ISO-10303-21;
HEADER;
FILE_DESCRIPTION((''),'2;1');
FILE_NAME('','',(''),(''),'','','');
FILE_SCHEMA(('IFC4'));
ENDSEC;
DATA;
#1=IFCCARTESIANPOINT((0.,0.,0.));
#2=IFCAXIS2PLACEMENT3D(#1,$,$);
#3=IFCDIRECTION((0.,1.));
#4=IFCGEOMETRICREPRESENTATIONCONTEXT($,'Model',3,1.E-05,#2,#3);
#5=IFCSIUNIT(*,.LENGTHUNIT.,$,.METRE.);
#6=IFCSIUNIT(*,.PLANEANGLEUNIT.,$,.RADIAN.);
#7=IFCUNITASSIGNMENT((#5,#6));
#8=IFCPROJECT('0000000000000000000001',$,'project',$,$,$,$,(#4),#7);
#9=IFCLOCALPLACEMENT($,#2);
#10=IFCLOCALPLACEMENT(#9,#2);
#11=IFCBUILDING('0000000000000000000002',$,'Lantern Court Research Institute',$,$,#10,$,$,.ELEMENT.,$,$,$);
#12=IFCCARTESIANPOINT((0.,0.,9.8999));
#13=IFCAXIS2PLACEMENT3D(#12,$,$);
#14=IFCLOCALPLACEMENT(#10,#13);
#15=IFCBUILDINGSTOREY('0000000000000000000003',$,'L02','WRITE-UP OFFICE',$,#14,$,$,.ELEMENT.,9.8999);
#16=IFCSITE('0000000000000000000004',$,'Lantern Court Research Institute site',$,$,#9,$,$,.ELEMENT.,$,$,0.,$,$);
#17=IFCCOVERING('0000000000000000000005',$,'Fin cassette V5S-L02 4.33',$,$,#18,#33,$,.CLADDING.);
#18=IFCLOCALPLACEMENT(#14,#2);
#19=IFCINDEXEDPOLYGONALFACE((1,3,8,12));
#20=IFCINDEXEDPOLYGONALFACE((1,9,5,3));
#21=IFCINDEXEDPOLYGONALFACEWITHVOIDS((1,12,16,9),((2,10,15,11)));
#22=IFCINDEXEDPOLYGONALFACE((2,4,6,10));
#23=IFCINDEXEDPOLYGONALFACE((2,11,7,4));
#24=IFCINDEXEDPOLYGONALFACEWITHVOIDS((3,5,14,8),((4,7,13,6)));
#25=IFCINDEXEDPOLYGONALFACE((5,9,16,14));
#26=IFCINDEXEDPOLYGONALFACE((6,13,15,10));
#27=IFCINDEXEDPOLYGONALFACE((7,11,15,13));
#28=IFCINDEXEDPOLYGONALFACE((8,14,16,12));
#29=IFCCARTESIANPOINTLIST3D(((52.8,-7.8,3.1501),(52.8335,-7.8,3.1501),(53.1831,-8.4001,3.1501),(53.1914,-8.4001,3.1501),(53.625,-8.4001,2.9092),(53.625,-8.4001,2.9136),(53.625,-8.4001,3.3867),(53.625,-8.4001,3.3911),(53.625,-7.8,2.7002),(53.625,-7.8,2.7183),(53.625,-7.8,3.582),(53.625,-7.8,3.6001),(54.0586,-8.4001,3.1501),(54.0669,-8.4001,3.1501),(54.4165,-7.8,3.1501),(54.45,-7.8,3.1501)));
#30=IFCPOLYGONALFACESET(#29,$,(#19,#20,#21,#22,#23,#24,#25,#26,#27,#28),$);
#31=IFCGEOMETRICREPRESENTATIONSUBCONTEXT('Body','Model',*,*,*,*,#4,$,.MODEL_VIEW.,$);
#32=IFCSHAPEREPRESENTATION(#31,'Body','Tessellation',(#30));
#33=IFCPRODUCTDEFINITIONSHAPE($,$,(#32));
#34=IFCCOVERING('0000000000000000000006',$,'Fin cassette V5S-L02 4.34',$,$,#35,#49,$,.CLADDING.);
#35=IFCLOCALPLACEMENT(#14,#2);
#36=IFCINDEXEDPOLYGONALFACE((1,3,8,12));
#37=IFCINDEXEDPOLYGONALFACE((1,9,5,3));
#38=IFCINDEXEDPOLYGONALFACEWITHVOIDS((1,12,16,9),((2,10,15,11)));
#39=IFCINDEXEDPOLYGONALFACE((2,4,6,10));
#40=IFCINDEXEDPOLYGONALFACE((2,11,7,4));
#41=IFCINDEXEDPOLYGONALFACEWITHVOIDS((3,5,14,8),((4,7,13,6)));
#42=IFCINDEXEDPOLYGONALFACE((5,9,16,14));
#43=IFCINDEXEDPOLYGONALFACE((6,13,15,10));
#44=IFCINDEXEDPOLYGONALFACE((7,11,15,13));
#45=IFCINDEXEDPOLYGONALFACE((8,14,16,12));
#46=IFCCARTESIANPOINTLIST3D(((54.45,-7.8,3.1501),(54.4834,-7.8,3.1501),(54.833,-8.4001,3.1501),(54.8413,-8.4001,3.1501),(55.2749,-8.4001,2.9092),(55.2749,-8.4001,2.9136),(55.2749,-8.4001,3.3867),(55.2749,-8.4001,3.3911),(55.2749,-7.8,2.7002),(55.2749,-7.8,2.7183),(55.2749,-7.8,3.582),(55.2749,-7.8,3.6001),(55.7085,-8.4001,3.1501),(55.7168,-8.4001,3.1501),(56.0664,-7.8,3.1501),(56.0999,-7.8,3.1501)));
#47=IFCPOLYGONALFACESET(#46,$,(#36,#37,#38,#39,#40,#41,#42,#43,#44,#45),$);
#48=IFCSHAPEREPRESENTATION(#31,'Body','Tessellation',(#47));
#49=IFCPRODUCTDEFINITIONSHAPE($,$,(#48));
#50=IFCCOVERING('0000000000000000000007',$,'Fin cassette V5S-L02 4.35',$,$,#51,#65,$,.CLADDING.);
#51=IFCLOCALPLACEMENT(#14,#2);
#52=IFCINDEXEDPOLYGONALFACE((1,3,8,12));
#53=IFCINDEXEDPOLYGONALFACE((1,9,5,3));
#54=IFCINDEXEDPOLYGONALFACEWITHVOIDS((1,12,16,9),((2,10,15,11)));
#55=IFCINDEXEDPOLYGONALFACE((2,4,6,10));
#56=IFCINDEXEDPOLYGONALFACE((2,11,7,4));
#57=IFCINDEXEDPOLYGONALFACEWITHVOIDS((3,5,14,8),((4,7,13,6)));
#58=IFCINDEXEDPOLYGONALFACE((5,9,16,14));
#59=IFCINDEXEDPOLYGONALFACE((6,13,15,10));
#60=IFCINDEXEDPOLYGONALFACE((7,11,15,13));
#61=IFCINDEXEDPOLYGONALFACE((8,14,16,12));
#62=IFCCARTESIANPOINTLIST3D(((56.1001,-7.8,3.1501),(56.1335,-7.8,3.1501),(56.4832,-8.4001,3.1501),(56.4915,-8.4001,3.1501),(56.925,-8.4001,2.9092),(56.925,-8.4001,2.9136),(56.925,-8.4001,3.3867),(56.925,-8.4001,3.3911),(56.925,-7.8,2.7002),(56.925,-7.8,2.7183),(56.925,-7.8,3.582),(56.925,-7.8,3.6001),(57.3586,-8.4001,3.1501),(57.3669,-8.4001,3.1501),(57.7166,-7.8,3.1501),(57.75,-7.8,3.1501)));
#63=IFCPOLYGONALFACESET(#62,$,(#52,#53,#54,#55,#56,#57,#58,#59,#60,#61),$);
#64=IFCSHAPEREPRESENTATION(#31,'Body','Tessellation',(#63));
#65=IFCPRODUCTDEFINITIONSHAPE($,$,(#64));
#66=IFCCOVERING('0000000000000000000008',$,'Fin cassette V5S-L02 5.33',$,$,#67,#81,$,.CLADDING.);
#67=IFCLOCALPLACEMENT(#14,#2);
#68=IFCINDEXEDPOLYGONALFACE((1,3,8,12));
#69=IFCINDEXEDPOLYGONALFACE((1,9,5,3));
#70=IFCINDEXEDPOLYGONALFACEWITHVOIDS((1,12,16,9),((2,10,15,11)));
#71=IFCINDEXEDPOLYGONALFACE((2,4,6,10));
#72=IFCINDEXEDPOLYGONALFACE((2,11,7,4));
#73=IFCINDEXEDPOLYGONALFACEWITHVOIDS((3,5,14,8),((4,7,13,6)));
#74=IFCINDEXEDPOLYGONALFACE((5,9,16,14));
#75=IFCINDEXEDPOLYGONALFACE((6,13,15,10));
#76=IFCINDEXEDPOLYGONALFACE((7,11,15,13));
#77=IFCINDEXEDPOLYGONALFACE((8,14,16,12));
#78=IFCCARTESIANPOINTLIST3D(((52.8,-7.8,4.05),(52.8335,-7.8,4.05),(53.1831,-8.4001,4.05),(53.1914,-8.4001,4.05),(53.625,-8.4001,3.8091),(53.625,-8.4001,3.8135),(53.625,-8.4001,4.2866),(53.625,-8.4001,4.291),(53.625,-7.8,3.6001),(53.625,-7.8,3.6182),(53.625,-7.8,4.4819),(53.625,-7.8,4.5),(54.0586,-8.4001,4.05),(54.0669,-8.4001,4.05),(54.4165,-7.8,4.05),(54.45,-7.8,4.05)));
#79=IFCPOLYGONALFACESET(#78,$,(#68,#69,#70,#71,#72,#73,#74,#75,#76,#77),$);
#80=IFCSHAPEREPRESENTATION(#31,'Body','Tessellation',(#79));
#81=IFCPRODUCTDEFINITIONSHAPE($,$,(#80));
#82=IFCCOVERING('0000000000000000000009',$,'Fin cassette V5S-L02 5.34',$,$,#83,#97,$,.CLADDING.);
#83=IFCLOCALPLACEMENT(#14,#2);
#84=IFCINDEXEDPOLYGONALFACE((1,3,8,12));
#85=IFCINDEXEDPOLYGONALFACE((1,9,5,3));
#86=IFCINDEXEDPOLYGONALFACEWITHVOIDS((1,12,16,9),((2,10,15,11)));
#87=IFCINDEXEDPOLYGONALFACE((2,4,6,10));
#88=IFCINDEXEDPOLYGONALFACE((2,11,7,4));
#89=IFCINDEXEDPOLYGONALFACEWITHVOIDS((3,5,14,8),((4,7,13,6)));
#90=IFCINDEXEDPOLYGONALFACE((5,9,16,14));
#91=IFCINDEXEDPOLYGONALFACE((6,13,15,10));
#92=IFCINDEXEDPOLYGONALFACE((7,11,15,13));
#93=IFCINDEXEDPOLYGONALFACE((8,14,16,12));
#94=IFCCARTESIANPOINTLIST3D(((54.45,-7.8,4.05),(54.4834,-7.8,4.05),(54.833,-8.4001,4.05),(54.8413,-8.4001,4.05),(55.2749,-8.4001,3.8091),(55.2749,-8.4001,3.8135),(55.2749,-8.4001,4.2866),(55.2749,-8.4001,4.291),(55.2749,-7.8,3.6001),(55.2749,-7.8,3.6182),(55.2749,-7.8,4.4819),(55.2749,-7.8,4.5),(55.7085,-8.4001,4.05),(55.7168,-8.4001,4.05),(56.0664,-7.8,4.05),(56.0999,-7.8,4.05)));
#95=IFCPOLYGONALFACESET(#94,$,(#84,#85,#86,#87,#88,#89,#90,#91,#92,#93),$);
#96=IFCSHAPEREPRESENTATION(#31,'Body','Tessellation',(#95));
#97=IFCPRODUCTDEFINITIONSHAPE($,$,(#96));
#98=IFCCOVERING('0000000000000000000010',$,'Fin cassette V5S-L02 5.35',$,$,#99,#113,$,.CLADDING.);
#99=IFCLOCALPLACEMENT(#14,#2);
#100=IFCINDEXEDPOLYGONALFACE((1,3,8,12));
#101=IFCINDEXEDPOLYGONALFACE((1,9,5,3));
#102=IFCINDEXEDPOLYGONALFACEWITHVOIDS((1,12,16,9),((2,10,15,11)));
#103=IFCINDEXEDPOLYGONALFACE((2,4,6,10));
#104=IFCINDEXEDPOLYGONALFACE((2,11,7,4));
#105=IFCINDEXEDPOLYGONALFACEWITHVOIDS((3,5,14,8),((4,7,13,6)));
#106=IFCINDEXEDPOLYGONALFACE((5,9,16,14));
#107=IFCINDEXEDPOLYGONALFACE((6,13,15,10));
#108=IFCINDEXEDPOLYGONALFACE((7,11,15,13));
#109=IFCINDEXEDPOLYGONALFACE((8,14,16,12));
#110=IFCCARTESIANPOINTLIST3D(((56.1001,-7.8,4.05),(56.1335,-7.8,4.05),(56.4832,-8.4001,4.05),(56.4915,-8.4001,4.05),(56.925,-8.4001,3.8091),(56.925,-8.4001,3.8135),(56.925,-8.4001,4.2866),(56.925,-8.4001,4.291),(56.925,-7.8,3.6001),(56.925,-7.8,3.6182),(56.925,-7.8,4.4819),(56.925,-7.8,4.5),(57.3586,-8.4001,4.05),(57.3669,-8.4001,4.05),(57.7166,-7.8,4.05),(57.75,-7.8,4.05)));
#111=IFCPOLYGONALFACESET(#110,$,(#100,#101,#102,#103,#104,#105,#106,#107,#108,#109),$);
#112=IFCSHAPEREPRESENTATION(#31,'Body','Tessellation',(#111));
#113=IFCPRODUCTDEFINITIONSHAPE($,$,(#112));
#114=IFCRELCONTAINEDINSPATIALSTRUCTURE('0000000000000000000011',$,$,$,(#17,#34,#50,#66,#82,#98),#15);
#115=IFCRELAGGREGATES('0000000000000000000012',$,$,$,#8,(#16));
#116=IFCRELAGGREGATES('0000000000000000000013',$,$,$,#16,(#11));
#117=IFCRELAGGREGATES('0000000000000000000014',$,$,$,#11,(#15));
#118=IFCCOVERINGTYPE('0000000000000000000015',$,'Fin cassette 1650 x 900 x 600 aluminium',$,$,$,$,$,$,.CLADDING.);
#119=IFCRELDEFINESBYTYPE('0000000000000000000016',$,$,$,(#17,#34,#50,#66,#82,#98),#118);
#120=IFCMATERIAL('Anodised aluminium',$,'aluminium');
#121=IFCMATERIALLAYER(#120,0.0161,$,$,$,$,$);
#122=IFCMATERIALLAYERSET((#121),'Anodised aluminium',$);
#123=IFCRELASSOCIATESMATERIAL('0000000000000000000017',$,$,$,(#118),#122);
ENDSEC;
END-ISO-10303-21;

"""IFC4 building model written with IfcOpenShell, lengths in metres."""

from ifc_helpers import new_model, entity, si_unit, direction, frame, origin, place, context, subcontext, project, spatial, material, layer, layer_set, type_object, element, save


model = new_model("IFC4")

# Units and contexts
model_context = context("Model", 3, precision=1e-05, world=origin(), true_north=direction((0.0, 1.0)))
body_context = subcontext(model_context, "Body", "Model", "MODEL_VIEW")
ifc_project = project(units=[si_unit("LENGTHUNIT", "METRE"), si_unit("PLANEANGLEUNIT", "RADIAN")], contexts=[model_context])

# Site, building, storey
site_placement = place(None, origin())
site = spatial("IfcSite", under=ifc_project, at=site_placement, Name="Lantern Court Research Institute site", CompositionType="ELEMENT", RefElevation=0.0)
building_placement = place(site_placement, origin())
building = spatial("IfcBuilding", under=site, at=building_placement, Name="Lantern Court Research Institute", CompositionType="ELEMENT")
storey_placement = place(building_placement, frame((0.0, 0.0, 9.8999)))
storey = spatial("IfcBuildingStorey", under=building, at=storey_placement, Name="L02", Description="WRITE-UP OFFICE", CompositionType="ELEMENT", Elevation=9.8999)

# Coverings
ifc_material = material(Name="Anodised aluminium", Category="aluminium")
ifc_layer = layer(ifc_material, 0.0161)
ifc_layer_set = layer_set([ifc_layer], Name="Anodised aluminium")
covering_type = type_object("IfcCoveringType", Name="Fin cassette 1650 x 900 x 600 aluminium", PredefinedType="CLADDING", material=ifc_layer_set)
covering_1_placement = place(storey_placement, frame((53.625, -7.8, 3.1501), z_axis=(0.0, -1.0, 0.0), x_axis=(1.0, 0.0, 0.0)))
cartesian_point_1 = entity("IfcCartesianPoint", [0.825, 0.0])
cartesian_point_2 = entity("IfcCartesianPoint", [0.7915, 0.0])
cartesian_point_3 = entity("IfcCartesianPoint", [0.4419, 0.0])
cartesian_point_4 = entity("IfcCartesianPoint", [0.4336, 0.0])
element("IfcCovering", 1, at=covering_1_placement, inside=storey, type_object=covering_type, Name="Fin cassette V5S-L02 4.33", PredefinedType="CLADDING", context=body_context, shape_type="SweptSolid", body=[
    entity("IfcExtrudedAreaSolidTapered", entity("IfcArbitraryProfileDefWithVoids", "AREA", None, entity("IfcPolyline", [cartesian_point_1, entity("IfcCartesianPoint", [0.0, 0.45]), entity("IfcCartesianPoint", [-0.825, 0.0]), entity("IfcCartesianPoint", [0.0, -0.45]), cartesian_point_1]), [entity("IfcPolyline", [cartesian_point_2, entity("IfcCartesianPoint", [0.0, 0.4319]), entity("IfcCartesianPoint", [-0.7915, 0.0]), entity("IfcCartesianPoint", [0.0, -0.4319]), cartesian_point_2])]), entity("IfcAxis2Placement3D", entity("IfcCartesianPoint", [0.0, 0.0, 0.0])), entity("IfcDirection", [0.0, 0.0, 1.0]), 0.6001, entity("IfcArbitraryProfileDefWithVoids", "AREA", None, entity("IfcPolyline", [cartesian_point_3, entity("IfcCartesianPoint", [0.0, 0.241]), entity("IfcCartesianPoint", [-0.4419, 0.0]), entity("IfcCartesianPoint", [0.0, -0.241]), cartesian_point_3]), [entity("IfcPolyline", [cartesian_point_4, entity("IfcCartesianPoint", [0.0, 0.2366]), entity("IfcCartesianPoint", [-0.4336, 0.0]), entity("IfcCartesianPoint", [0.0, -0.2366]), cartesian_point_4])])),
])
covering_2_placement = place(storey_placement, frame((55.2749, -7.8, 3.1501), z_axis=(0.0, -1.0, 0.0), x_axis=(1.0, 0.0, 0.0)))
cartesian_point_5 = entity("IfcCartesianPoint", [0.825, 0.0])
cartesian_point_6 = entity("IfcCartesianPoint", [0.7915, 0.0])
cartesian_point_7 = entity("IfcCartesianPoint", [0.4419, 0.0])
cartesian_point_8 = entity("IfcCartesianPoint", [0.4336, 0.0])
element("IfcCovering", 2, at=covering_2_placement, inside=storey, type_object=covering_type, Name="Fin cassette V5S-L02 4.34", PredefinedType="CLADDING", context=body_context, shape_type="SweptSolid", body=[
    entity("IfcExtrudedAreaSolidTapered", entity("IfcArbitraryProfileDefWithVoids", "AREA", None, entity("IfcPolyline", [cartesian_point_5, entity("IfcCartesianPoint", [0.0, 0.45]), entity("IfcCartesianPoint", [-0.825, 0.0]), entity("IfcCartesianPoint", [0.0, -0.45]), cartesian_point_5]), [entity("IfcPolyline", [cartesian_point_6, entity("IfcCartesianPoint", [0.0, 0.4319]), entity("IfcCartesianPoint", [-0.7915, 0.0]), entity("IfcCartesianPoint", [0.0, -0.4319]), cartesian_point_6])]), entity("IfcAxis2Placement3D", entity("IfcCartesianPoint", [0.0, 0.0, 0.0])), entity("IfcDirection", [0.0, 0.0, 1.0]), 0.6001, entity("IfcArbitraryProfileDefWithVoids", "AREA", None, entity("IfcPolyline", [cartesian_point_7, entity("IfcCartesianPoint", [0.0, 0.241]), entity("IfcCartesianPoint", [-0.4419, 0.0]), entity("IfcCartesianPoint", [0.0, -0.241]), cartesian_point_7]), [entity("IfcPolyline", [cartesian_point_8, entity("IfcCartesianPoint", [0.0, 0.2366]), entity("IfcCartesianPoint", [-0.4336, 0.0]), entity("IfcCartesianPoint", [0.0, -0.2366]), cartesian_point_8])])),
])
covering_3_placement = place(storey_placement, frame((56.925, -7.8, 3.1501), z_axis=(0.0, -1.0, 0.0), x_axis=(1.0, 0.0, 0.0)))
cartesian_point_9 = entity("IfcCartesianPoint", [0.825, 0.0])
cartesian_point_10 = entity("IfcCartesianPoint", [0.7915, 0.0])
cartesian_point_11 = entity("IfcCartesianPoint", [0.4419, 0.0])
cartesian_point_12 = entity("IfcCartesianPoint", [0.4336, 0.0])
element("IfcCovering", 3, at=covering_3_placement, inside=storey, type_object=covering_type, Name="Fin cassette V5S-L02 4.35", PredefinedType="CLADDING", context=body_context, shape_type="SweptSolid", body=[
    entity("IfcExtrudedAreaSolidTapered", entity("IfcArbitraryProfileDefWithVoids", "AREA", None, entity("IfcPolyline", [cartesian_point_9, entity("IfcCartesianPoint", [0.0, 0.45]), entity("IfcCartesianPoint", [-0.825, 0.0]), entity("IfcCartesianPoint", [0.0, -0.45]), cartesian_point_9]), [entity("IfcPolyline", [cartesian_point_10, entity("IfcCartesianPoint", [0.0, 0.4319]), entity("IfcCartesianPoint", [-0.7915, 0.0]), entity("IfcCartesianPoint", [0.0, -0.4319]), cartesian_point_10])]), entity("IfcAxis2Placement3D", entity("IfcCartesianPoint", [0.0, 0.0, 0.0])), entity("IfcDirection", [0.0, 0.0, 1.0]), 0.6001, entity("IfcArbitraryProfileDefWithVoids", "AREA", None, entity("IfcPolyline", [cartesian_point_11, entity("IfcCartesianPoint", [0.0, 0.241]), entity("IfcCartesianPoint", [-0.4419, 0.0]), entity("IfcCartesianPoint", [0.0, -0.241]), cartesian_point_11]), [entity("IfcPolyline", [cartesian_point_12, entity("IfcCartesianPoint", [0.0, 0.2366]), entity("IfcCartesianPoint", [-0.4336, 0.0]), entity("IfcCartesianPoint", [0.0, -0.2366]), cartesian_point_12])])),
])
covering_4_placement = place(storey_placement, frame((53.625, -7.8, 4.05), z_axis=(0.0, -1.0, 0.0), x_axis=(1.0, 0.0, 0.0)))
cartesian_point_13 = entity("IfcCartesianPoint", [0.825, 0.0])
cartesian_point_14 = entity("IfcCartesianPoint", [0.7915, 0.0])
cartesian_point_15 = entity("IfcCartesianPoint", [0.4419, 0.0])
cartesian_point_16 = entity("IfcCartesianPoint", [0.4336, 0.0])
element("IfcCovering", 4, at=covering_4_placement, inside=storey, type_object=covering_type, Name="Fin cassette V5S-L02 5.33", PredefinedType="CLADDING", context=body_context, shape_type="SweptSolid", body=[
    entity("IfcExtrudedAreaSolidTapered", entity("IfcArbitraryProfileDefWithVoids", "AREA", None, entity("IfcPolyline", [cartesian_point_13, entity("IfcCartesianPoint", [0.0, 0.45]), entity("IfcCartesianPoint", [-0.825, 0.0]), entity("IfcCartesianPoint", [0.0, -0.45]), cartesian_point_13]), [entity("IfcPolyline", [cartesian_point_14, entity("IfcCartesianPoint", [0.0, 0.4319]), entity("IfcCartesianPoint", [-0.7915, 0.0]), entity("IfcCartesianPoint", [0.0, -0.4319]), cartesian_point_14])]), entity("IfcAxis2Placement3D", entity("IfcCartesianPoint", [0.0, 0.0, 0.0])), entity("IfcDirection", [0.0, 0.0, 1.0]), 0.6001, entity("IfcArbitraryProfileDefWithVoids", "AREA", None, entity("IfcPolyline", [cartesian_point_15, entity("IfcCartesianPoint", [0.0, 0.241]), entity("IfcCartesianPoint", [-0.4419, 0.0]), entity("IfcCartesianPoint", [0.0, -0.241]), cartesian_point_15]), [entity("IfcPolyline", [cartesian_point_16, entity("IfcCartesianPoint", [0.0, 0.2366]), entity("IfcCartesianPoint", [-0.4336, 0.0]), entity("IfcCartesianPoint", [0.0, -0.2366]), cartesian_point_16])])),
])
covering_5_placement = place(storey_placement, frame((55.2749, -7.8, 4.05), z_axis=(0.0, -1.0, 0.0), x_axis=(1.0, 0.0, 0.0)))
cartesian_point_17 = entity("IfcCartesianPoint", [0.825, 0.0])
cartesian_point_18 = entity("IfcCartesianPoint", [0.7915, 0.0])
cartesian_point_19 = entity("IfcCartesianPoint", [0.4419, 0.0])
cartesian_point_20 = entity("IfcCartesianPoint", [0.4336, 0.0])
element("IfcCovering", 5, at=covering_5_placement, inside=storey, type_object=covering_type, Name="Fin cassette V5S-L02 5.34", PredefinedType="CLADDING", context=body_context, shape_type="SweptSolid", body=[
    entity("IfcExtrudedAreaSolidTapered", entity("IfcArbitraryProfileDefWithVoids", "AREA", None, entity("IfcPolyline", [cartesian_point_17, entity("IfcCartesianPoint", [0.0, 0.45]), entity("IfcCartesianPoint", [-0.825, 0.0]), entity("IfcCartesianPoint", [0.0, -0.45]), cartesian_point_17]), [entity("IfcPolyline", [cartesian_point_18, entity("IfcCartesianPoint", [0.0, 0.4319]), entity("IfcCartesianPoint", [-0.7915, 0.0]), entity("IfcCartesianPoint", [0.0, -0.4319]), cartesian_point_18])]), entity("IfcAxis2Placement3D", entity("IfcCartesianPoint", [0.0, 0.0, 0.0])), entity("IfcDirection", [0.0, 0.0, 1.0]), 0.6001, entity("IfcArbitraryProfileDefWithVoids", "AREA", None, entity("IfcPolyline", [cartesian_point_19, entity("IfcCartesianPoint", [0.0, 0.241]), entity("IfcCartesianPoint", [-0.4419, 0.0]), entity("IfcCartesianPoint", [0.0, -0.241]), cartesian_point_19]), [entity("IfcPolyline", [cartesian_point_20, entity("IfcCartesianPoint", [0.0, 0.2366]), entity("IfcCartesianPoint", [-0.4336, 0.0]), entity("IfcCartesianPoint", [0.0, -0.2366]), cartesian_point_20])])),
])
covering_6_placement = place(storey_placement, frame((56.925, -7.8, 4.05), z_axis=(0.0, -1.0, 0.0), x_axis=(1.0, 0.0, 0.0)))
cartesian_point_21 = entity("IfcCartesianPoint", [0.825, 0.0])
cartesian_point_22 = entity("IfcCartesianPoint", [0.7915, 0.0])
cartesian_point_23 = entity("IfcCartesianPoint", [0.4419, 0.0])
cartesian_point_24 = entity("IfcCartesianPoint", [0.4336, 0.0])
element("IfcCovering", 6, at=covering_6_placement, inside=storey, type_object=covering_type, Name="Fin cassette V5S-L02 5.35", PredefinedType="CLADDING", context=body_context, shape_type="SweptSolid", body=[
    entity("IfcExtrudedAreaSolidTapered", entity("IfcArbitraryProfileDefWithVoids", "AREA", None, entity("IfcPolyline", [cartesian_point_21, entity("IfcCartesianPoint", [0.0, 0.45]), entity("IfcCartesianPoint", [-0.825, 0.0]), entity("IfcCartesianPoint", [0.0, -0.45]), cartesian_point_21]), [entity("IfcPolyline", [cartesian_point_22, entity("IfcCartesianPoint", [0.0, 0.4319]), entity("IfcCartesianPoint", [-0.7915, 0.0]), entity("IfcCartesianPoint", [0.0, -0.4319]), cartesian_point_22])]), entity("IfcAxis2Placement3D", entity("IfcCartesianPoint", [0.0, 0.0, 0.0])), entity("IfcDirection", [0.0, 0.0, 1.0]), 0.6001, entity("IfcArbitraryProfileDefWithVoids", "AREA", None, entity("IfcPolyline", [cartesian_point_23, entity("IfcCartesianPoint", [0.0, 0.241]), entity("IfcCartesianPoint", [-0.4419, 0.0]), entity("IfcCartesianPoint", [0.0, -0.241]), cartesian_point_23]), [entity("IfcPolyline", [cartesian_point_24, entity("IfcCartesianPoint", [0.0, 0.2366]), entity("IfcCartesianPoint", [-0.4336, 0.0]), entity("IfcCartesianPoint", [0.0, -0.2366]), cartesian_point_24])])),
])

save(model, "model.ifc")
